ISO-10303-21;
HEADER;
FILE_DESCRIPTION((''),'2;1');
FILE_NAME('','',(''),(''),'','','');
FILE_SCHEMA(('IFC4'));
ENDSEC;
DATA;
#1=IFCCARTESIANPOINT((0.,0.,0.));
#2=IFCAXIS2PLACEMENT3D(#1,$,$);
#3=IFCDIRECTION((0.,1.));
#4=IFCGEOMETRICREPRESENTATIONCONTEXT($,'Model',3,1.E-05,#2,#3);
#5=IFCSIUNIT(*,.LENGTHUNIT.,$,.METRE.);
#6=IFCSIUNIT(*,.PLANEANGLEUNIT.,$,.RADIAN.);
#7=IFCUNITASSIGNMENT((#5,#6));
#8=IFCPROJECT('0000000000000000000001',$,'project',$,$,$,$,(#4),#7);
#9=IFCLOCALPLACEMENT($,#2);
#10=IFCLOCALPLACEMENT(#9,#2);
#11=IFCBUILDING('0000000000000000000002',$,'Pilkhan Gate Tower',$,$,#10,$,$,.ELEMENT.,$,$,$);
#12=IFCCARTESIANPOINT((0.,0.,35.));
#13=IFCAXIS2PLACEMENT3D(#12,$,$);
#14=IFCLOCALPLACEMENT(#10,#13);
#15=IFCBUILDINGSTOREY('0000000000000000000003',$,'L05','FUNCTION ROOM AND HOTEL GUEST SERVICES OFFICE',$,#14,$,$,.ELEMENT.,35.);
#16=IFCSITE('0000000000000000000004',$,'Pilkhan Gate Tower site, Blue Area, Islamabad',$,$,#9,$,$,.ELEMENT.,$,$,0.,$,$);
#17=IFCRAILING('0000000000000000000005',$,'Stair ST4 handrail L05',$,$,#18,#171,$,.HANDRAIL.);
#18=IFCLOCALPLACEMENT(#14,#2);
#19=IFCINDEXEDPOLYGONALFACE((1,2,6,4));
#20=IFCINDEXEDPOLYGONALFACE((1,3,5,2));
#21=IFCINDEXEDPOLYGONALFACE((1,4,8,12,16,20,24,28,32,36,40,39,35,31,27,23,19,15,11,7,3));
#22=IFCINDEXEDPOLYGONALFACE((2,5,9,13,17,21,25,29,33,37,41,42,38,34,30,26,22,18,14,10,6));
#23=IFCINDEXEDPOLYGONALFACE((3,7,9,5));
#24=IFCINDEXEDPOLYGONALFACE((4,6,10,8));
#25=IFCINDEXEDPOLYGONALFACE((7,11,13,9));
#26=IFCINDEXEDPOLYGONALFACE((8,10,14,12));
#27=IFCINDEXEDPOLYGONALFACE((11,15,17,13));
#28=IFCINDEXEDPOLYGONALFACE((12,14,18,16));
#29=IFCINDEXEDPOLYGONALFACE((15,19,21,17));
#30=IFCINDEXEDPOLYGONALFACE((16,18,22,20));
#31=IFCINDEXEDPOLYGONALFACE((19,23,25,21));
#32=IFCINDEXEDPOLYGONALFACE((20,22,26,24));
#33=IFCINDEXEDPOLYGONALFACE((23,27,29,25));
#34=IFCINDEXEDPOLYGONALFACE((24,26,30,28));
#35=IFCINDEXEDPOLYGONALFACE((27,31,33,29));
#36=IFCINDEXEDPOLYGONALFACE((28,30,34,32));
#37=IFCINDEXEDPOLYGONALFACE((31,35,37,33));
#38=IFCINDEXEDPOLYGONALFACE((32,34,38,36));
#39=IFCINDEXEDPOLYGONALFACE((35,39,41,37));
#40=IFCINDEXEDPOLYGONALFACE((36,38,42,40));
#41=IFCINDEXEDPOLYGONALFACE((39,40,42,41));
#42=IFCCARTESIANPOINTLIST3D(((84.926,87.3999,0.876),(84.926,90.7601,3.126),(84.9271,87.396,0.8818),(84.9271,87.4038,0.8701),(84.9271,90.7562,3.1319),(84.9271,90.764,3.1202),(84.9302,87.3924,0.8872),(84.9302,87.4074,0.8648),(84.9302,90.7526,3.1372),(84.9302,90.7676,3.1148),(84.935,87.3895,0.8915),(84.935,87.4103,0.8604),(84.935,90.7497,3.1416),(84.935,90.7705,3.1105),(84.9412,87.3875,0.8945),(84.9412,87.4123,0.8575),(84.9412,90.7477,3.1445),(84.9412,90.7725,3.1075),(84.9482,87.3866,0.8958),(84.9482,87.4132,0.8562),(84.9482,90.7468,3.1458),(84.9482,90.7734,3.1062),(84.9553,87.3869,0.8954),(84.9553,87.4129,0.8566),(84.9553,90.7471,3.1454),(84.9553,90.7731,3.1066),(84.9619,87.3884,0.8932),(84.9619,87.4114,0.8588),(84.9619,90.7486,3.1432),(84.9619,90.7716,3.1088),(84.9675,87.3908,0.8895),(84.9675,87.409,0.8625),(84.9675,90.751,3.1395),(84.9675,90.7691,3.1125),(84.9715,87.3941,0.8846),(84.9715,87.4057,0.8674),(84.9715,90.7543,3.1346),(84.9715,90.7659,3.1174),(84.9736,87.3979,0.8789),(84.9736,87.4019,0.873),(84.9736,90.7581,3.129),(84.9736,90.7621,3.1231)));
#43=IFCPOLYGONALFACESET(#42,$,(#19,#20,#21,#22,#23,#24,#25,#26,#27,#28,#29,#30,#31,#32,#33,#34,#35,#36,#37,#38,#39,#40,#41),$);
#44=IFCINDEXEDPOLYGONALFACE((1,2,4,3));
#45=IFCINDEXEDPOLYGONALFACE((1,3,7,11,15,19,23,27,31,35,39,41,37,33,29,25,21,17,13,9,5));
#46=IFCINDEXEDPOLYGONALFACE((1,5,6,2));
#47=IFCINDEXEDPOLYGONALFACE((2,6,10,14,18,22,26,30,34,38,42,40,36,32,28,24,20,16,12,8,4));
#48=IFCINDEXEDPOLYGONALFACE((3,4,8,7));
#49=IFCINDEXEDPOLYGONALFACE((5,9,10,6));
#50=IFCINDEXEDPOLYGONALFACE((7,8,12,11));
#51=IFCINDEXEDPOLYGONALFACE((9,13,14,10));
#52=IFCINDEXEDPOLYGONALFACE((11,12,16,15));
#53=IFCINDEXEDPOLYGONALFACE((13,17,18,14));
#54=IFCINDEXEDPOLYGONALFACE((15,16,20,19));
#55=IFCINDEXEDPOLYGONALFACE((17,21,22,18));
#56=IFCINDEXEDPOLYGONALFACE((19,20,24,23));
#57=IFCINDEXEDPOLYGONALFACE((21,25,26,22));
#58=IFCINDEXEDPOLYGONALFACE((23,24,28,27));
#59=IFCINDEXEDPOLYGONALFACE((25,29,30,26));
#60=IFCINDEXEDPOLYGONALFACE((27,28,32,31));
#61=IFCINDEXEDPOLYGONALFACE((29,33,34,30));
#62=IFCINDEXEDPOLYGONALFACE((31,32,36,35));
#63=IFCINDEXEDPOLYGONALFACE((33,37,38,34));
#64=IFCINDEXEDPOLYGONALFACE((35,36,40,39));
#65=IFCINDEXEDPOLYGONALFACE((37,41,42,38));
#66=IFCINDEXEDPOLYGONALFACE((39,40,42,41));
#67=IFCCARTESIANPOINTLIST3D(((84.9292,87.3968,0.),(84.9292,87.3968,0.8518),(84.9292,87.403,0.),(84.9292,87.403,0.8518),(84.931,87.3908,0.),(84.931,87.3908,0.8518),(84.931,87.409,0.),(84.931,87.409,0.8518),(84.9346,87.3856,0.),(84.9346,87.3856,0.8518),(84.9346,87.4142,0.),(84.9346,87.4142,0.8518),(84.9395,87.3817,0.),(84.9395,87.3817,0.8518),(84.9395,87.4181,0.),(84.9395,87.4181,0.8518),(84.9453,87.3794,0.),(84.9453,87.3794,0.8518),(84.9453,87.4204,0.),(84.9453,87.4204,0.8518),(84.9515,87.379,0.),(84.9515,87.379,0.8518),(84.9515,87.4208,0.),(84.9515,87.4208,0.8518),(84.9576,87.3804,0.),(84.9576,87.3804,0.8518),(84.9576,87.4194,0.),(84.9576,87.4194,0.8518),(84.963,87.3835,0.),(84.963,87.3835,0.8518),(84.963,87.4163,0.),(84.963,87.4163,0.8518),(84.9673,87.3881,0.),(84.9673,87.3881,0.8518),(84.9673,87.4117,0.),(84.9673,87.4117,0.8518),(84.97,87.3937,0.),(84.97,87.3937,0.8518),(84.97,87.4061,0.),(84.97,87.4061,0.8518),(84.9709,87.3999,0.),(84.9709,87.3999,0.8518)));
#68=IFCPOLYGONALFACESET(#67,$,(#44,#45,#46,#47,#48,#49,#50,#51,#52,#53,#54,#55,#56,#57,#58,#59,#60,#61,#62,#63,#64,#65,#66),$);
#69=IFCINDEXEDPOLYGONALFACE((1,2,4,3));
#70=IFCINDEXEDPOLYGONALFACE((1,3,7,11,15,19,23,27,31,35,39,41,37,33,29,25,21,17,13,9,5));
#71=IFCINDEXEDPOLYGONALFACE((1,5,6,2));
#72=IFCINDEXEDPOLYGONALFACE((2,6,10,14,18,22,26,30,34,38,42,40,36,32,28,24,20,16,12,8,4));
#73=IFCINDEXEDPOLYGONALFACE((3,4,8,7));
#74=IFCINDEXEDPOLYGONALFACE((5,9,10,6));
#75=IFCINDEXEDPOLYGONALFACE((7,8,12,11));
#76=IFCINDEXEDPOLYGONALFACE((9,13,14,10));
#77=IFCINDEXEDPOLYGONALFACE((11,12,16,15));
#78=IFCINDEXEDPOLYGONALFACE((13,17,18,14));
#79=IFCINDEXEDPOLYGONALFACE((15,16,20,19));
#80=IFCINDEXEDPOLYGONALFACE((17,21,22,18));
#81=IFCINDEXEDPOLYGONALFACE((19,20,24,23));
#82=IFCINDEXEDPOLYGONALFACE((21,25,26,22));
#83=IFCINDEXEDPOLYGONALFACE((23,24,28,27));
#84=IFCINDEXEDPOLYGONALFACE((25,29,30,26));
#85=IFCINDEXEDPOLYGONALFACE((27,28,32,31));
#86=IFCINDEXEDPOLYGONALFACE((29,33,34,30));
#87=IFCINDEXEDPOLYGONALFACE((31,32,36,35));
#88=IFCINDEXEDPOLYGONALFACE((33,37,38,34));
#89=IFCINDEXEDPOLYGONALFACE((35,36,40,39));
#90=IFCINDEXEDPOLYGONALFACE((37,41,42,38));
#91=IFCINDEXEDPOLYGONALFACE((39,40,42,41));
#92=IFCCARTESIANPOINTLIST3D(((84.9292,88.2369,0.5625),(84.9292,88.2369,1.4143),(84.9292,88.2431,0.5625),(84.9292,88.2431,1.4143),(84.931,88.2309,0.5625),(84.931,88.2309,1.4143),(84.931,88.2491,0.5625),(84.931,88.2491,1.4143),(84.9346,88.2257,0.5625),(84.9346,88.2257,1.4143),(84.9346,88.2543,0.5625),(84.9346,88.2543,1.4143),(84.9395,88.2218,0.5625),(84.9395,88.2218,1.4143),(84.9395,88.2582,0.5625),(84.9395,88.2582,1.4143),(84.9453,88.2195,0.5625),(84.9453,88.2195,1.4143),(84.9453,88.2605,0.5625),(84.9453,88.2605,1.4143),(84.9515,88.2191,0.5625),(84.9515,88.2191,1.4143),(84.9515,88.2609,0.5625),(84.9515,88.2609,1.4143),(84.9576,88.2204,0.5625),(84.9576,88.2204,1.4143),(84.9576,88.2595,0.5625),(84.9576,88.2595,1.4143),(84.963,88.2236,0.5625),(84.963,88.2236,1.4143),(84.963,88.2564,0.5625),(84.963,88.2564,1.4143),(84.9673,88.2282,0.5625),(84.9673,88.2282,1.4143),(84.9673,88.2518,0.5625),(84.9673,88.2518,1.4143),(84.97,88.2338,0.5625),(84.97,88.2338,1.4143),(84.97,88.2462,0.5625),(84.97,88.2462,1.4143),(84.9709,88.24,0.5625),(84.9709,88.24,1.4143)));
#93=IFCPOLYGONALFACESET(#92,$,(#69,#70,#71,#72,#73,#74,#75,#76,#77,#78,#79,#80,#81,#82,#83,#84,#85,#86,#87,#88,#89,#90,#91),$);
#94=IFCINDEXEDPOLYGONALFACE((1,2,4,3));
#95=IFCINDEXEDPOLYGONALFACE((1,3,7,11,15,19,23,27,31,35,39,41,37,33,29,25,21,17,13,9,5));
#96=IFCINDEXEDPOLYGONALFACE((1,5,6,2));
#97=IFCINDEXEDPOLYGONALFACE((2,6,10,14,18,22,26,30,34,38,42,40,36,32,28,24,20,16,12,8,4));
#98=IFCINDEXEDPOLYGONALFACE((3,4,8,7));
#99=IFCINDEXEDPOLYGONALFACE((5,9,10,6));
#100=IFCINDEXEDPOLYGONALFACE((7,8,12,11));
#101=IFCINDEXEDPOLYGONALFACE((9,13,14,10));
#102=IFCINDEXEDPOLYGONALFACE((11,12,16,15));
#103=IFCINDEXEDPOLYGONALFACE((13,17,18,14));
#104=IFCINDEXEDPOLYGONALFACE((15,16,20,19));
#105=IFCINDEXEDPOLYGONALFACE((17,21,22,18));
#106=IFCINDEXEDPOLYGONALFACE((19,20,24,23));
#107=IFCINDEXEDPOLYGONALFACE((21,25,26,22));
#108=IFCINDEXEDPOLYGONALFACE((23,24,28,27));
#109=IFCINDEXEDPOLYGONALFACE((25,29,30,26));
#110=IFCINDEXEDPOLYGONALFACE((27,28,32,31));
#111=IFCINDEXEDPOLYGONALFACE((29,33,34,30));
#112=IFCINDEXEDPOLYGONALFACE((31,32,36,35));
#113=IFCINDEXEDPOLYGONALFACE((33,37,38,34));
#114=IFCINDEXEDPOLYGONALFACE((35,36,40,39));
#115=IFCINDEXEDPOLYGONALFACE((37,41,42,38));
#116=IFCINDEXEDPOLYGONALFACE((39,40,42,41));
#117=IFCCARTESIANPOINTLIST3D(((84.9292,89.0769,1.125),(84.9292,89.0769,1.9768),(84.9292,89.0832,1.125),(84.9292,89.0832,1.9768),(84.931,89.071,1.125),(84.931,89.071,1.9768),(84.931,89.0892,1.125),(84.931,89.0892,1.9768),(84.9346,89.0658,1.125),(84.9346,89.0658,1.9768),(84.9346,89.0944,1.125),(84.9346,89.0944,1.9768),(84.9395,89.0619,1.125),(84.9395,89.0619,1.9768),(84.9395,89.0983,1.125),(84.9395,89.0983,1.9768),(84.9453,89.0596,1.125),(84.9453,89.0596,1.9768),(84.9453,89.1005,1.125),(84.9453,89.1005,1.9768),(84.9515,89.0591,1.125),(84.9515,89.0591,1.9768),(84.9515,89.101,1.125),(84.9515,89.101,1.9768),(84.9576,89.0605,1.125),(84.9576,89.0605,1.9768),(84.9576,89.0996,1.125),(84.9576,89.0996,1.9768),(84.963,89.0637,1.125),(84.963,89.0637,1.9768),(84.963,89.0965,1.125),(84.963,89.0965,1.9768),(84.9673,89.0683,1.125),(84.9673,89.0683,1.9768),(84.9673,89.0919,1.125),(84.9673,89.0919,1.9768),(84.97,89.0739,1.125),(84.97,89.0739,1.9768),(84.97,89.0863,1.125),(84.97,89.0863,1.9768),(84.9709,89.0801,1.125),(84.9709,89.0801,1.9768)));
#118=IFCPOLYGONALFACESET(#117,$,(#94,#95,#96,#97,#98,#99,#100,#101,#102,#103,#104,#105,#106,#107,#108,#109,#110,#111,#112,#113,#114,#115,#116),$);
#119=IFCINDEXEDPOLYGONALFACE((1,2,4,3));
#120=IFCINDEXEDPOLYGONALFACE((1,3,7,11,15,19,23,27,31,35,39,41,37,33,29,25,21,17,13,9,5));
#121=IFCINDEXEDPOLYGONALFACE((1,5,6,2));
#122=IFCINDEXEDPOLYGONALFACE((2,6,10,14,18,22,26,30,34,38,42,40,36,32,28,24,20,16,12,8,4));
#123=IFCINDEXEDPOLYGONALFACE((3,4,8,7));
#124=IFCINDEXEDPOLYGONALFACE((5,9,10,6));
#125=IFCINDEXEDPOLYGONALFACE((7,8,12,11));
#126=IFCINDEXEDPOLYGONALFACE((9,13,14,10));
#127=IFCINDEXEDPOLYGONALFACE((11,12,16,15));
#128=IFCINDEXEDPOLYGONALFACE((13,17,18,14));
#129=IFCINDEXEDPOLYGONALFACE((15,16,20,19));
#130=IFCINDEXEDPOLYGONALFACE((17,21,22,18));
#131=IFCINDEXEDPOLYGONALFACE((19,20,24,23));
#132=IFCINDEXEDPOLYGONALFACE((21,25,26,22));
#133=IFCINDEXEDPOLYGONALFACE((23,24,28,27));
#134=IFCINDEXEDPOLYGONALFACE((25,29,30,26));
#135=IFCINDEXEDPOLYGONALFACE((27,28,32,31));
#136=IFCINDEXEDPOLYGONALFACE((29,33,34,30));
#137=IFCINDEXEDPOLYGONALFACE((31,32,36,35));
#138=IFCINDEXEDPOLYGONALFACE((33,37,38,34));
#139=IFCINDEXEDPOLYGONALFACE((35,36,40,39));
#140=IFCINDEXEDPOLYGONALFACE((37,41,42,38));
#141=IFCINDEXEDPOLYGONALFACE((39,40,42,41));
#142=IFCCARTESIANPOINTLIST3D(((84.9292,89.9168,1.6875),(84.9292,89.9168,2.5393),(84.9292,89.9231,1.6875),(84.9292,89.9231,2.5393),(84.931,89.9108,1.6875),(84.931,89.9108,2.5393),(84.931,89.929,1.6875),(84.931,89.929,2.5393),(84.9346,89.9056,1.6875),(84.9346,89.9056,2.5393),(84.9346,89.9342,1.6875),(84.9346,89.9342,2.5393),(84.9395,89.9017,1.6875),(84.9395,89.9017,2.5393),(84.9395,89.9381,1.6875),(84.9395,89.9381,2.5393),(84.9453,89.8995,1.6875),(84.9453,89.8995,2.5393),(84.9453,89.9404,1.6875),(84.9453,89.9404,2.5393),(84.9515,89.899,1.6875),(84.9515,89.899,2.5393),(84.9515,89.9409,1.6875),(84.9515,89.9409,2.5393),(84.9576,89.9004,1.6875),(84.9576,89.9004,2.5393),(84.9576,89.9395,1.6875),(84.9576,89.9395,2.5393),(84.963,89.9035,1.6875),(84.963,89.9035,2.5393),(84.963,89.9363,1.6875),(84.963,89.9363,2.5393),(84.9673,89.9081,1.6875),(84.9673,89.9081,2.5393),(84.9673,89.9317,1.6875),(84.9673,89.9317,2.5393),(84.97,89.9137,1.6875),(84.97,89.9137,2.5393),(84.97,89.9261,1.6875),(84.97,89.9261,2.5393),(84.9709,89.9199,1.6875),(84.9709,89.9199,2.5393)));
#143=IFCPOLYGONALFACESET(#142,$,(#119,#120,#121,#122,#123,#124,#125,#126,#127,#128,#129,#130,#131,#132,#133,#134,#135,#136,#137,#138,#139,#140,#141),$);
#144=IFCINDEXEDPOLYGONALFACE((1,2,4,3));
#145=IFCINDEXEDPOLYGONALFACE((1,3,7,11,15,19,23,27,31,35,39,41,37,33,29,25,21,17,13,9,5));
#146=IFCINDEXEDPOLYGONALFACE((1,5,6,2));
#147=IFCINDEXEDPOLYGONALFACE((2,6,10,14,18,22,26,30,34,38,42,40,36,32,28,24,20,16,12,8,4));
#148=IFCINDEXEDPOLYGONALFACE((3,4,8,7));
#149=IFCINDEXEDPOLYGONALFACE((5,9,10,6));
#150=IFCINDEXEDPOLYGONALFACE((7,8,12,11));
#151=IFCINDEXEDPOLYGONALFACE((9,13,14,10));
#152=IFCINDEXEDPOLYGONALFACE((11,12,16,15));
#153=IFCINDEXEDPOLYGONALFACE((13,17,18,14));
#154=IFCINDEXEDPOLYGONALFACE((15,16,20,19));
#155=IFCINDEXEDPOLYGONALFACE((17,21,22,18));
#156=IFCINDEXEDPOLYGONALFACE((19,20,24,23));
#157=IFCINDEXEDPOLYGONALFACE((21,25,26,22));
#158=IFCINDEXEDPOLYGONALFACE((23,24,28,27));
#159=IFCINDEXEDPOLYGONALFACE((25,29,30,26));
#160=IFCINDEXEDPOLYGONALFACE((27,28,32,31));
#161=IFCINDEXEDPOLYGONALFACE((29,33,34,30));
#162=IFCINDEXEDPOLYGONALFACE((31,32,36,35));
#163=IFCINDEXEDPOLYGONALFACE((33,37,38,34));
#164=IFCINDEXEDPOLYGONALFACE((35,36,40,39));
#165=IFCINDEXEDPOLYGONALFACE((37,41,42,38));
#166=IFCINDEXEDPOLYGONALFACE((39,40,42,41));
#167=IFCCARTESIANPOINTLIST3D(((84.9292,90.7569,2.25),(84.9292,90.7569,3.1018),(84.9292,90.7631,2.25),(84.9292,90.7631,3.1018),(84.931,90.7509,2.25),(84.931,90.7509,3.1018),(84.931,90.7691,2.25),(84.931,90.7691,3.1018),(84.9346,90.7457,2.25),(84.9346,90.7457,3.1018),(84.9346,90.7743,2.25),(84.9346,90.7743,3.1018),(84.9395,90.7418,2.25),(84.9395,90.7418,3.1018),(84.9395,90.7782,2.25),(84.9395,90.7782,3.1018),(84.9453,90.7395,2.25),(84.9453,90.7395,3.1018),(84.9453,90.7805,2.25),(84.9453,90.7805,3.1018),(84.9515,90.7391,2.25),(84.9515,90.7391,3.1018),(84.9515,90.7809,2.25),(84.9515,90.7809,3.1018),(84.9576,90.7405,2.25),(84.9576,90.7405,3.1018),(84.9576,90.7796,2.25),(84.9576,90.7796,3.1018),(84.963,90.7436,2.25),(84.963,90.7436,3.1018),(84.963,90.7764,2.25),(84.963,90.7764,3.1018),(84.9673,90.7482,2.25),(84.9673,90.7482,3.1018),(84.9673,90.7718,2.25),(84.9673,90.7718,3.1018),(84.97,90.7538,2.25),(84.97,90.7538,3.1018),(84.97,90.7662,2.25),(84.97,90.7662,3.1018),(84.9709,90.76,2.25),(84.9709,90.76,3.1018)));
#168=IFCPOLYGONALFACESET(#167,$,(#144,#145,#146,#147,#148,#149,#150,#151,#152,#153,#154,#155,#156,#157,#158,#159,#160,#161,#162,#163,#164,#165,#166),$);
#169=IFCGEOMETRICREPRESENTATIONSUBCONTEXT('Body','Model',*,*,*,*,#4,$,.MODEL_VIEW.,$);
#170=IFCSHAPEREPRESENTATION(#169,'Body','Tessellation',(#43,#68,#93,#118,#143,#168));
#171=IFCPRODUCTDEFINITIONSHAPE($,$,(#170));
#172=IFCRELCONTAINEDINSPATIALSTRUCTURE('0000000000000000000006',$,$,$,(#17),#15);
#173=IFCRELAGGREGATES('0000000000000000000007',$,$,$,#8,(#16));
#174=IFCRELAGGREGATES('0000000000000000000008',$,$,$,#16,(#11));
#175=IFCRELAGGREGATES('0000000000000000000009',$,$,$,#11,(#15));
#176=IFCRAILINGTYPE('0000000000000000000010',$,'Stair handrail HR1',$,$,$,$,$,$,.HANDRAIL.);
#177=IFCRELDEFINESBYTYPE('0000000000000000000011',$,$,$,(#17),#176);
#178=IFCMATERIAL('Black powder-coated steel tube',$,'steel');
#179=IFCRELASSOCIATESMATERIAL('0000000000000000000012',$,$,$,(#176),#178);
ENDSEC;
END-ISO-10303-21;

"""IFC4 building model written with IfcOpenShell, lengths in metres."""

from ifc_helpers import new_model, si_unit, direction, frame, origin, origin_2d, place, context, subcontext, project, spatial, circle, extrude, material, type_object, element, save


model = new_model("IFC4")

# Units and contexts
model_context = context("Model", 3, precision=1e-05, world=origin(), true_north=direction((0.0, 1.0)))
body_context = subcontext(model_context, "Body", "Model", "MODEL_VIEW")
ifc_project = project(units=[si_unit("LENGTHUNIT", "METRE"), si_unit("PLANEANGLEUNIT", "RADIAN")], contexts=[model_context])

# Site, building, storey
site_placement = place(None, origin())
site = spatial("IfcSite", under=ifc_project, at=site_placement, Name="Pilkhan Gate Tower site, Blue Area, Islamabad", CompositionType="ELEMENT", RefElevation=0.0)
building_placement = place(site_placement, origin())
building = spatial("IfcBuilding", under=site, at=building_placement, Name="Pilkhan Gate Tower", CompositionType="ELEMENT")
storey_placement = place(building_placement, frame((0.0, 0.0, 35.0)))
storey = spatial("IfcBuildingStorey", under=building, at=storey_placement, Name="L05", Description="FUNCTION ROOM AND HOTEL GUEST SERVICES OFFICE", CompositionType="ELEMENT", Elevation=35.0)

# Railing
ifc_material_1 = material(Name="Black powder-coated steel tube", Category="steel")
railing_type_1 = type_object("IfcRailingType", Name="Stair handrail HR1", PredefinedType="HANDRAIL", material=ifc_material_1)
railing_1_placement = place(storey_placement, frame((84.95, 87.3999, 0.0)))
element("IfcRailing", 1, at=railing_1_placement, inside=storey, type_object=railing_type_1, Name="Stair ST4 handrail L05", PredefinedType="HANDRAIL", context=body_context, shape_type="SweptSolid", body=[
    extrude(circle(Radius=0.0239, at=origin_2d()), frame((0.0, 0.0, 0.876), z_axis=(0.0, 0.830915, 0.556399), x_axis=(-1.0, 0.0, 0.0)), (0.0, 0.0, 1.0), 4.0439),
    extrude(circle(Radius=0.021, at=origin_2d()), origin(), (0.0, 0.0, 1.0), 0.8518),
    extrude(circle(Radius=0.021, at=origin_2d()), frame((0.0, 0.8401, 0.5625)), (0.0, 0.0, 1.0), 0.8518),
    extrude(circle(Radius=0.021, at=origin_2d()), frame((0.0, 1.6802, 1.125)), (0.0, 0.0, 1.0), 0.8518),
    extrude(circle(Radius=0.021, at=origin_2d()), frame((0.0, 2.52, 1.6875)), (0.0, 0.0, 1.0), 0.8518),
    extrude(circle(Radius=0.021, at=origin_2d()), frame((0.0, 3.3601, 2.25)), (0.0, 0.0, 1.0), 0.8518),
])

save(model, "model.ifc")
